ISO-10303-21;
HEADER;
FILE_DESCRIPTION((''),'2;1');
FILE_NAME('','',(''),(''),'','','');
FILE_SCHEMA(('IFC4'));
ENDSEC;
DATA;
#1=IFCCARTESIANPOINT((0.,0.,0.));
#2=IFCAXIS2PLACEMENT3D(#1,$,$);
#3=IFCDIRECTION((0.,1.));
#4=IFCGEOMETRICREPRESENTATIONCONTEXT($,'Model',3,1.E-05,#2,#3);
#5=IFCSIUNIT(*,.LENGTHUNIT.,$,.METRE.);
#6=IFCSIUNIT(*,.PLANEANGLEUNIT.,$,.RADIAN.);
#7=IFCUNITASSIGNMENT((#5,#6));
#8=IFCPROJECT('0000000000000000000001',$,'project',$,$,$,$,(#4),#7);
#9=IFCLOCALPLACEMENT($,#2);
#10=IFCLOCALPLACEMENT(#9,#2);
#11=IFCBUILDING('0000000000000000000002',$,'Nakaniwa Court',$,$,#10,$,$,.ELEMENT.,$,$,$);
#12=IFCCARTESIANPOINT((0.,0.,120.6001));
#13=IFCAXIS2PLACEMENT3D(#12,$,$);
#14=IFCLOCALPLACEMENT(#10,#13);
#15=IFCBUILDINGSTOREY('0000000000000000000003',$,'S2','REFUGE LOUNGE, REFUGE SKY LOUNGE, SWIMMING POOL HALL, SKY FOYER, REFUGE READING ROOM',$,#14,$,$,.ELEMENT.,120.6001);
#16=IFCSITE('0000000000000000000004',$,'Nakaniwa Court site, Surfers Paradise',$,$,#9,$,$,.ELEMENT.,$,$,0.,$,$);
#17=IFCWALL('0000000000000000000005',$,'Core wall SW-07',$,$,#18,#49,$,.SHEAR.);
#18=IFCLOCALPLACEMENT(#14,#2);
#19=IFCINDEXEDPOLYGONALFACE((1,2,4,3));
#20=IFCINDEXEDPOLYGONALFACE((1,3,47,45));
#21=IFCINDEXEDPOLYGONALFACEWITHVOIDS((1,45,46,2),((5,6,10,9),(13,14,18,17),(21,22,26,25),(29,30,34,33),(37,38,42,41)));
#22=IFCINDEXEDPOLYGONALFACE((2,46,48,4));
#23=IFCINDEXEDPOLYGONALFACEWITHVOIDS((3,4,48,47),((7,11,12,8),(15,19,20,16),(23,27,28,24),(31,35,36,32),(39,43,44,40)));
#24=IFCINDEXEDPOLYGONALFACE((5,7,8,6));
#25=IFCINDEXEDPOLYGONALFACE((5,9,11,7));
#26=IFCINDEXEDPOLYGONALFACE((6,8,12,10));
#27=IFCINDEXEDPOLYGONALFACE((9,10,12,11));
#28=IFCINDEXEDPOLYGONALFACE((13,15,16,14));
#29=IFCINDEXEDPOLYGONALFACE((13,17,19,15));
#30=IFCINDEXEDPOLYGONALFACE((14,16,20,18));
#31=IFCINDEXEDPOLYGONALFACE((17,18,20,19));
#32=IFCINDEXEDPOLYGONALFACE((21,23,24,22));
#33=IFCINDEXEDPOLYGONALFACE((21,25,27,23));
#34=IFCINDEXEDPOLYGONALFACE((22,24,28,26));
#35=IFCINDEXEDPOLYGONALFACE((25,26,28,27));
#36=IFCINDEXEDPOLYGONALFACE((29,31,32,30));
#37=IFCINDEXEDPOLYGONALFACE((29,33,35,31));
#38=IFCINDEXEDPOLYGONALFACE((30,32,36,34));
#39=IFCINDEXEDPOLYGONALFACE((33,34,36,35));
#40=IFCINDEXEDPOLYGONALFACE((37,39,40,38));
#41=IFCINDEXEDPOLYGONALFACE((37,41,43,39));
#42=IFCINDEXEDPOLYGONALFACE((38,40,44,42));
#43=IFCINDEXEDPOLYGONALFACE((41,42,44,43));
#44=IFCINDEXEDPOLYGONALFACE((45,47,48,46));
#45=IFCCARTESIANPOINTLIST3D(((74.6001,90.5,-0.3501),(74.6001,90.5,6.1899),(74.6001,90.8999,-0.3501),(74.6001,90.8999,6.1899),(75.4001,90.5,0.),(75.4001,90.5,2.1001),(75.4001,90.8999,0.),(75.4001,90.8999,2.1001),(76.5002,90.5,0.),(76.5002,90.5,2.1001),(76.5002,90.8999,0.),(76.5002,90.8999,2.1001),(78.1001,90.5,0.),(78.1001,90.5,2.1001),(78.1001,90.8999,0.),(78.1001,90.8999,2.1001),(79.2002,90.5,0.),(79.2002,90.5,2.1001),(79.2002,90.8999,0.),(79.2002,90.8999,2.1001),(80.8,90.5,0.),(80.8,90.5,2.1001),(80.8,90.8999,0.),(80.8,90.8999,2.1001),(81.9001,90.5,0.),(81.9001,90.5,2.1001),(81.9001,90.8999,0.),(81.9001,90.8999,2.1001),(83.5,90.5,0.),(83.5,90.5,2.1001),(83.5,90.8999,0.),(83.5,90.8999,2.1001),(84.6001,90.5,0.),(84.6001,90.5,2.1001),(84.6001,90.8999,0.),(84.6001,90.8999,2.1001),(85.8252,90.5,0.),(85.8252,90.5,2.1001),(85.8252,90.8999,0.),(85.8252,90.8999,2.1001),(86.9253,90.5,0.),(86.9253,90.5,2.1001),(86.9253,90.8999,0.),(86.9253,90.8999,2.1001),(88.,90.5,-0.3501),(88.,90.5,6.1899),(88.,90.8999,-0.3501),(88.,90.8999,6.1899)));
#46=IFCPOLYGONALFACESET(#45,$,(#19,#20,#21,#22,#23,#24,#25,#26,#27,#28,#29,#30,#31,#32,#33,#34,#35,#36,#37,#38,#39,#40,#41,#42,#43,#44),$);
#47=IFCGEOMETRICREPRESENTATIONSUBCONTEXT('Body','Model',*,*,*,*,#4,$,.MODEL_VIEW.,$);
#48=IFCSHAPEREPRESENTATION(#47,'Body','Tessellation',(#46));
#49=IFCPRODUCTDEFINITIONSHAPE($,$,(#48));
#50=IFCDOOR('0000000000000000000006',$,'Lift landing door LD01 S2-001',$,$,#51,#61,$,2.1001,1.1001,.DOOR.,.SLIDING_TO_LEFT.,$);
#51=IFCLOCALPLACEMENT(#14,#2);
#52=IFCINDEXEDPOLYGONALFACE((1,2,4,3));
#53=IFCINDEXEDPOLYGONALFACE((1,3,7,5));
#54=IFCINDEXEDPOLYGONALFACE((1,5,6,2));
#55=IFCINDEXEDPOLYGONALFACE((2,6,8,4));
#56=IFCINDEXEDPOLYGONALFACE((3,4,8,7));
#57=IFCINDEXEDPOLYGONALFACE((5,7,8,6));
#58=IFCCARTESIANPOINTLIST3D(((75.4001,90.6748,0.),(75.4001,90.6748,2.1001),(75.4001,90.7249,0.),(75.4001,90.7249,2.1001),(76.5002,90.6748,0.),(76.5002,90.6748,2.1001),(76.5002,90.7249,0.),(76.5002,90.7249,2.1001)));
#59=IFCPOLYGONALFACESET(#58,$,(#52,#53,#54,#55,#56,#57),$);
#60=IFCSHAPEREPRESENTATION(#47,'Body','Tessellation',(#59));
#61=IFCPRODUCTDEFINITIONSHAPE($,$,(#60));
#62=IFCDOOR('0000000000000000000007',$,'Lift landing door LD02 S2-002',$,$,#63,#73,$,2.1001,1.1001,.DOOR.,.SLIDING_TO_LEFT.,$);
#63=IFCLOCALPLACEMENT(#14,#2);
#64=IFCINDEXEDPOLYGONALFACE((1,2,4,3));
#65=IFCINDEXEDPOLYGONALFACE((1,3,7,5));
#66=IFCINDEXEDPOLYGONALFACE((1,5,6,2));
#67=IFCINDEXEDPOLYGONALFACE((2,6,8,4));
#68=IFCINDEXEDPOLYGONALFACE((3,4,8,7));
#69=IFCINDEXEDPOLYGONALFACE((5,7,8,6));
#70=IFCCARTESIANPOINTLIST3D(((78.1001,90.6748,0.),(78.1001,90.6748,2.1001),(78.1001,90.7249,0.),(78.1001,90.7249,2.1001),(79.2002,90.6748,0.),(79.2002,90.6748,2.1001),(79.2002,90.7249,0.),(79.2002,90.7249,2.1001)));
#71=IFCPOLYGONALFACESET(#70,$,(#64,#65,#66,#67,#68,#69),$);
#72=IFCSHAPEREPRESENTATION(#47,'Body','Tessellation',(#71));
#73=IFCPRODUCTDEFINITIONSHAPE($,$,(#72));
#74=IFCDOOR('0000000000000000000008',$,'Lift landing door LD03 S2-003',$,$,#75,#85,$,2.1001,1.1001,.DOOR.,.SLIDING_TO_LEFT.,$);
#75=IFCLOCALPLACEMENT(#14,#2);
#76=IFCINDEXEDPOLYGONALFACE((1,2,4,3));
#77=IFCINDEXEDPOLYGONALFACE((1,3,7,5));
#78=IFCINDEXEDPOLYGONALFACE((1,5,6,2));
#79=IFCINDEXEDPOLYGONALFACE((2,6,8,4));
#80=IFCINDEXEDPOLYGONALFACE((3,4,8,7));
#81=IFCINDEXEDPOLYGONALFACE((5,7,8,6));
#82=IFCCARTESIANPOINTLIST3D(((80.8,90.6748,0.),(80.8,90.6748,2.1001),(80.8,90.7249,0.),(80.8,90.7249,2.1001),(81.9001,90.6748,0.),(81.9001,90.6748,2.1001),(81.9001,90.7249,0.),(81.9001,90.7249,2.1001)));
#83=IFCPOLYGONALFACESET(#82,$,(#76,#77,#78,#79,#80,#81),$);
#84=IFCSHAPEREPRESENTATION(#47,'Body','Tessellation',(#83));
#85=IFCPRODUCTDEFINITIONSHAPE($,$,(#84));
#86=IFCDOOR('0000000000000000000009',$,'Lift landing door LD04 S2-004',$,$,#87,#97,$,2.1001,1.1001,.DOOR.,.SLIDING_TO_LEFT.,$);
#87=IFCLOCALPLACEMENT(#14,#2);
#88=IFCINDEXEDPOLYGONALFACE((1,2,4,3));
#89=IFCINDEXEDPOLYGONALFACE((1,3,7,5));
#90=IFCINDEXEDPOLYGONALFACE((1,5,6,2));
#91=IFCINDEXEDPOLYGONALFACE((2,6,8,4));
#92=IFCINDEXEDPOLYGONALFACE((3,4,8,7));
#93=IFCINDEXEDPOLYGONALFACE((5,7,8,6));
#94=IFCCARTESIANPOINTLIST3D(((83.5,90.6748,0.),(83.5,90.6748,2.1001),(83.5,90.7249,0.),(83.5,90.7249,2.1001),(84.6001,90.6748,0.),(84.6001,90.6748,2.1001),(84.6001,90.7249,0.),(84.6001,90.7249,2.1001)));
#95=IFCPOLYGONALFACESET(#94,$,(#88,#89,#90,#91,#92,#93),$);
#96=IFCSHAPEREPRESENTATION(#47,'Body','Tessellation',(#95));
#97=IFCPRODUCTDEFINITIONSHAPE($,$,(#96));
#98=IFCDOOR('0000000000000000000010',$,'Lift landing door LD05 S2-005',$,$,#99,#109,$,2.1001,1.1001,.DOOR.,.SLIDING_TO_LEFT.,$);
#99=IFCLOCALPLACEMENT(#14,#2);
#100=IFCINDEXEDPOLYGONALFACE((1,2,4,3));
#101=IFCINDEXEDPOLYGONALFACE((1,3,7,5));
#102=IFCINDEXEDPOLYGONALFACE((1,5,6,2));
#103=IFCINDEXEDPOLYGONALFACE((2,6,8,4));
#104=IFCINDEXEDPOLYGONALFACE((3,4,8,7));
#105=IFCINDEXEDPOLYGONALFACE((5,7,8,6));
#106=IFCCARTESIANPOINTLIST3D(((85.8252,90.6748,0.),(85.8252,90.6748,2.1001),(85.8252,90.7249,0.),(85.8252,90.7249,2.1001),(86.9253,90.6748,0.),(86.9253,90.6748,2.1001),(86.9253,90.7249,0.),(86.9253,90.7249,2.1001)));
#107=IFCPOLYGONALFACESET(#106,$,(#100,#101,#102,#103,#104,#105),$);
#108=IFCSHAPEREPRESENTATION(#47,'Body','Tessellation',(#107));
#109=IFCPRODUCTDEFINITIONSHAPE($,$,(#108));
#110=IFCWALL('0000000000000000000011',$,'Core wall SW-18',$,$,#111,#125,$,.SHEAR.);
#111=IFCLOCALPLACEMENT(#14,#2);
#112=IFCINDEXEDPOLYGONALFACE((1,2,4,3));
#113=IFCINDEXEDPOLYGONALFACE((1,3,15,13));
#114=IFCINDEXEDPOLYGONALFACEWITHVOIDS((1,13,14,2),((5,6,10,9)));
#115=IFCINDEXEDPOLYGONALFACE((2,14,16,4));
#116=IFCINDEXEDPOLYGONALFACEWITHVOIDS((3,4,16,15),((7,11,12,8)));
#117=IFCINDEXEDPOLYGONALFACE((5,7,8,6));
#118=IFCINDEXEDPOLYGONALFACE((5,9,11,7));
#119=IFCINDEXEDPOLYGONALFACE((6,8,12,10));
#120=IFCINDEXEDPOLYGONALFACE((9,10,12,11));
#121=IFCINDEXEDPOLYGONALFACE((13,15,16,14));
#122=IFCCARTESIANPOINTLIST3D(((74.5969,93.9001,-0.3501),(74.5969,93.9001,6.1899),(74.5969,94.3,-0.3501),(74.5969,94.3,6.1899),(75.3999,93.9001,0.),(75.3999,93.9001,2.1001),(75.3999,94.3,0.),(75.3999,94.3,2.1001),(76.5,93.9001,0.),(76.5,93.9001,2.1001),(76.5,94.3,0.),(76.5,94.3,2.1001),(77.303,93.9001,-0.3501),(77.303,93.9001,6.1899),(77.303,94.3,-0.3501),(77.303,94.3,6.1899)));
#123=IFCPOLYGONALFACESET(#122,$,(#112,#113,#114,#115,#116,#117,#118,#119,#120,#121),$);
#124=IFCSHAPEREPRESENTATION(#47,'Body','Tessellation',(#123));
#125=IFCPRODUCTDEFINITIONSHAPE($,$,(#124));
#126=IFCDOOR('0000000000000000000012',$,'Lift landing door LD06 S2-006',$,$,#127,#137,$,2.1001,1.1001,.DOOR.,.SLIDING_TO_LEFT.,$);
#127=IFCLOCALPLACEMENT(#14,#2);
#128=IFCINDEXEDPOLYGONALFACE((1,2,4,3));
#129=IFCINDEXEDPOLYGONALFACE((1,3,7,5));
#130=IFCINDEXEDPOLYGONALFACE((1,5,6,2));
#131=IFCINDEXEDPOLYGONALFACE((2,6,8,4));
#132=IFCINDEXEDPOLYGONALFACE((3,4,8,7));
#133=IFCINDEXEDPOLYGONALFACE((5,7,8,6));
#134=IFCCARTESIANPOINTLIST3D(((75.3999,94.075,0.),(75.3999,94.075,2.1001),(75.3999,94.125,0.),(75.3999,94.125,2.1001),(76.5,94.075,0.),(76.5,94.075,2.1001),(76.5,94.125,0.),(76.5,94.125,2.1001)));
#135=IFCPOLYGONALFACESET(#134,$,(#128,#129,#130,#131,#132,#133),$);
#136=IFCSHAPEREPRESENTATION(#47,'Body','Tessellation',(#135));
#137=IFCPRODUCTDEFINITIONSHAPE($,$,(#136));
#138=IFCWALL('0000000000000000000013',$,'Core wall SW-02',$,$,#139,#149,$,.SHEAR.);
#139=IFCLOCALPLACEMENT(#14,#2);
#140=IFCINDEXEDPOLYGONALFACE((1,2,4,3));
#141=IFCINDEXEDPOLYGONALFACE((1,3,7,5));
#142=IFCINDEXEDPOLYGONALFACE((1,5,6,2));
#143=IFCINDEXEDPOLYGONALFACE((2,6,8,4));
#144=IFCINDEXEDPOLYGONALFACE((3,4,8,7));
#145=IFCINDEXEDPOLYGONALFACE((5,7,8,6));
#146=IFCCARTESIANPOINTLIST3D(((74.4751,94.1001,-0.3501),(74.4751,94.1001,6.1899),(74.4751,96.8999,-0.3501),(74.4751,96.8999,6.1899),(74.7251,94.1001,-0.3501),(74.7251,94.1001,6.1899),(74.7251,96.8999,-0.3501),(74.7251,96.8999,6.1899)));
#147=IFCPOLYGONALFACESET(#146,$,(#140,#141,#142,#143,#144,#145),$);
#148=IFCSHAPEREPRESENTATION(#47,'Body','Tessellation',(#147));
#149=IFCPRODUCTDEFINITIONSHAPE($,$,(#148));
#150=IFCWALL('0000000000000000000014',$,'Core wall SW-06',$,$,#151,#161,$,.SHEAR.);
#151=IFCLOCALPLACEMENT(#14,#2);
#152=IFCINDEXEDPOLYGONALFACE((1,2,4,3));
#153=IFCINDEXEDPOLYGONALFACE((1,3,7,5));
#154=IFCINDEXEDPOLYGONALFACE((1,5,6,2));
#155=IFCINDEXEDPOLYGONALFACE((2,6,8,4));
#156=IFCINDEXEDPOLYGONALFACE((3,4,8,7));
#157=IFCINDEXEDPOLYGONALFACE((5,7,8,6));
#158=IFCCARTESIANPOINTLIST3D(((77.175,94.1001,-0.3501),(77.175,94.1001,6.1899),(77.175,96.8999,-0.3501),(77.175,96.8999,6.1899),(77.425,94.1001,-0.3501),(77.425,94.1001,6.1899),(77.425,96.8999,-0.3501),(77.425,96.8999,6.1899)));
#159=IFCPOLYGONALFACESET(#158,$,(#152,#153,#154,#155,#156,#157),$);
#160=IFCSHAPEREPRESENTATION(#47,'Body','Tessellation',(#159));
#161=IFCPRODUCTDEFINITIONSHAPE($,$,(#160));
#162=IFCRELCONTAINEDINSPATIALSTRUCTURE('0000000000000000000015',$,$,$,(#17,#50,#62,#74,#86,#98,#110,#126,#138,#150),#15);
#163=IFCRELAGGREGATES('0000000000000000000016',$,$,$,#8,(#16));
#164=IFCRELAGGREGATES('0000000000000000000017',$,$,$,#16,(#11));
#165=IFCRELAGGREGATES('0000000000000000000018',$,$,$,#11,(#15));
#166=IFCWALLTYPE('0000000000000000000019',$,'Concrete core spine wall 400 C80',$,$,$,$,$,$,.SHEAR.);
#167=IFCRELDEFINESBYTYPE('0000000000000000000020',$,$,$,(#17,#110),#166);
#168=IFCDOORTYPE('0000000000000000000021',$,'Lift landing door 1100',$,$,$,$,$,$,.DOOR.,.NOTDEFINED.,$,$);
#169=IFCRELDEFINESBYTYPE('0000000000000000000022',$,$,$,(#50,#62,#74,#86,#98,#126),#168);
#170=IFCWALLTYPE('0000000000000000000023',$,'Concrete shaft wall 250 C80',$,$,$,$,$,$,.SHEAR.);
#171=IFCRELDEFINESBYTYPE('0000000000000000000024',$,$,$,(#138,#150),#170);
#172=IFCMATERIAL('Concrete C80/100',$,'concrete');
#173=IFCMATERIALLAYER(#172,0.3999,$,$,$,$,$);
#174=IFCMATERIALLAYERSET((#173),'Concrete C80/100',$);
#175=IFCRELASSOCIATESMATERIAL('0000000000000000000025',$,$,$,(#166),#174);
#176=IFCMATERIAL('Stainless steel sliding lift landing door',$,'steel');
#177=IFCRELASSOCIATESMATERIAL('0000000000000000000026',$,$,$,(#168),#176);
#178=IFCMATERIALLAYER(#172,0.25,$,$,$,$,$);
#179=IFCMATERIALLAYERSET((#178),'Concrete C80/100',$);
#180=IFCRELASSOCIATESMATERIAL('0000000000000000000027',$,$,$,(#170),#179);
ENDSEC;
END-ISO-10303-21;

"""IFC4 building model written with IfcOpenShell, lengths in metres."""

from ifc_helpers import new_model, si_unit, direction, frame, frame_2d, origin, place, context, subcontext, project, spatial, rectangle, extrude, material, layer, layer_set, type_object, element, fill, save


model = new_model("IFC4")

# Units and contexts
model_context = context("Model", 3, precision=1e-05, world=origin(), true_north=direction((0.0, 1.0)))
body_context = subcontext(model_context, "Body", "Model", "MODEL_VIEW")
ifc_project = project(units=[si_unit("LENGTHUNIT", "METRE"), si_unit("PLANEANGLEUNIT", "RADIAN")], contexts=[model_context])

# Site, building, storey
site_placement = place(None, origin())
site = spatial("IfcSite", under=ifc_project, at=site_placement, Name="Nakaniwa Court site, Surfers Paradise", CompositionType="ELEMENT", RefElevation=0.0)
building_placement = place(site_placement, origin())
building = spatial("IfcBuilding", under=site, at=building_placement, Name="Nakaniwa Court", CompositionType="ELEMENT")
storey_placement = place(building_placement, frame((0.0, 0.0, 120.6001)))
storey = spatial("IfcBuildingStorey", under=building, at=storey_placement, Name="S2", Description="REFUGE LOUNGE, REFUGE SKY LOUNGE, SWIMMING POOL HALL, SKY FOYER, REFUGE READING ROOM", CompositionType="ELEMENT", Elevation=120.6001)

# Shared definitions
ifc_material_1 = material(Name="Concrete C80/100", Category="concrete")

# Wall, openings, doors
ifc_layer_1 = layer(ifc_material_1, 0.3999)
ifc_layer_set_1 = layer_set([ifc_layer_1], Name="Concrete C80/100")
wall_type_1 = type_object("IfcWallType", Name="Concrete core spine wall 400 C80", PredefinedType="SHEAR", material=ifc_layer_set_1)
wall_1_placement = place(storey_placement, frame((74.6001, 90.7, -0.3501), z_axis=(0.0, 0.0, 1.0), x_axis=(1.0, 0.0, 0.0)))
wall_1 = element("IfcWall", 1, at=wall_1_placement, inside=storey, type_object=wall_type_1, Name="Core wall SW-07", PredefinedType="SHEAR", context=body_context, shape_type="SweptSolid", body=[
    extrude(rectangle(XDim=13.3999, YDim=0.3999, at=frame_2d((6.7, 0.0))), origin(), (0.0, 0.0, 1.0), 6.54),
])
opening_1_placement = place(wall_1_placement, frame((0.8, 0.0, 0.3501)))
opening_1 = element("IfcOpeningElement", 2, at=opening_1_placement, cuts=wall_1, PredefinedType="OPENING", context=body_context, shape_type="SweptSolid", body=[
    extrude(rectangle(XDim=1.1001, YDim=2.1001, at=frame_2d((0.55, 1.05))), frame((0.0, 0.21, 0.0), z_axis=(0.0, -1.0, 0.0), x_axis=(1.0, 0.0, 0.0)), (0.0, 0.0, 1.0), 0.4199),
])
opening_2_placement = place(wall_1_placement, frame((3.5, 0.0, 0.3501)))
opening_2 = element("IfcOpeningElement", 3, at=opening_2_placement, cuts=wall_1, PredefinedType="OPENING", context=body_context, shape_type="SweptSolid", body=[
    extrude(rectangle(XDim=1.1001, YDim=2.1001, at=frame_2d((0.55, 1.05))), frame((0.0, 0.21, 0.0), z_axis=(0.0, -1.0, 0.0), x_axis=(1.0, 0.0, 0.0)), (0.0, 0.0, 1.0), 0.4199),
])
opening_3_placement = place(wall_1_placement, frame((6.2, 0.0, 0.3501)))
opening_3 = element("IfcOpeningElement", 4, at=opening_3_placement, cuts=wall_1, PredefinedType="OPENING", context=body_context, shape_type="SweptSolid", body=[
    extrude(rectangle(XDim=1.1001, YDim=2.1001, at=frame_2d((0.55, 1.05))), frame((0.0, 0.21, 0.0), z_axis=(0.0, -1.0, 0.0), x_axis=(1.0, 0.0, 0.0)), (0.0, 0.0, 1.0), 0.4199),
])
opening_4_placement = place(wall_1_placement, frame((8.8999, 0.0, 0.3501)))
opening_4 = element("IfcOpeningElement", 5, at=opening_4_placement, cuts=wall_1, PredefinedType="OPENING", context=body_context, shape_type="SweptSolid", body=[
    extrude(rectangle(XDim=1.1001, YDim=2.1001, at=frame_2d((0.55, 1.05))), frame((0.0, 0.21, 0.0), z_axis=(0.0, -1.0, 0.0), x_axis=(1.0, 0.0, 0.0)), (0.0, 0.0, 1.0), 0.4199),
])
opening_5_placement = place(wall_1_placement, frame((11.2251, 0.0, 0.3501)))
opening_5 = element("IfcOpeningElement", 6, at=opening_5_placement, cuts=wall_1, PredefinedType="OPENING", context=body_context, shape_type="SweptSolid", body=[
    extrude(rectangle(XDim=1.1001, YDim=2.1001, at=frame_2d((0.55, 1.05))), frame((0.0, 0.21, 0.0), z_axis=(0.0, -1.0, 0.0), x_axis=(1.0, 0.0, 0.0)), (0.0, 0.0, 1.0), 0.4199),
])
ifc_material_2 = material(Name="Stainless steel sliding lift landing door", Category="steel")
door_type_1 = type_object("IfcDoorType", Name="Lift landing door 1100", OperationType="NOTDEFINED", PredefinedType="DOOR", material=ifc_material_2)
door_1_placement = place(opening_1_placement, origin())
door_1 = element("IfcDoor", 7, at=door_1_placement, inside=storey, type_object=door_type_1, Name="Lift landing door LD01 S2-001", OperationType="SLIDING_TO_LEFT", OverallHeight=2.1001, OverallWidth=1.1001, PredefinedType="DOOR", context=body_context, shape_type="SweptSolid", body=[
    extrude(rectangle(XDim=1.1001, YDim=2.1001, at=frame_2d((0.55, 1.05))), frame((0.0, 0.0249, 0.0), z_axis=(0.0, -1.0, 0.0), x_axis=(1.0, 0.0, 0.0)), (0.0, 0.0, 1.0), 0.05),
])
fill(opening_1, door_1)
door_2_placement = place(opening_2_placement, origin())
door_2 = element("IfcDoor", 8, at=door_2_placement, inside=storey, type_object=door_type_1, Name="Lift landing door LD02 S2-002", OperationType="SLIDING_TO_LEFT", OverallHeight=2.1001, OverallWidth=1.1001, PredefinedType="DOOR", context=body_context, shape_type="SweptSolid", body=[
    extrude(rectangle(XDim=1.1001, YDim=2.1001, at=frame_2d((0.55, 1.05))), frame((0.0, 0.0249, 0.0), z_axis=(0.0, -1.0, 0.0), x_axis=(1.0, 0.0, 0.0)), (0.0, 0.0, 1.0), 0.05),
])
fill(opening_2, door_2)
door_3_placement = place(opening_3_placement, origin())
door_3 = element("IfcDoor", 9, at=door_3_placement, inside=storey, type_object=door_type_1, Name="Lift landing door LD03 S2-003", OperationType="SLIDING_TO_LEFT", OverallHeight=2.1001, OverallWidth=1.1001, PredefinedType="DOOR", context=body_context, shape_type="SweptSolid", body=[
    extrude(rectangle(XDim=1.1001, YDim=2.1001, at=frame_2d((0.55, 1.05))), frame((0.0, 0.0249, 0.0), z_axis=(0.0, -1.0, 0.0), x_axis=(1.0, 0.0, 0.0)), (0.0, 0.0, 1.0), 0.05),
])
fill(opening_3, door_3)
door_4_placement = place(opening_4_placement, origin())
door_4 = element("IfcDoor", 10, at=door_4_placement, inside=storey, type_object=door_type_1, Name="Lift landing door LD04 S2-004", OperationType="SLIDING_TO_LEFT", OverallHeight=2.1001, OverallWidth=1.1001, PredefinedType="DOOR", context=body_context, shape_type="SweptSolid", body=[
    extrude(rectangle(XDim=1.1001, YDim=2.1001, at=frame_2d((0.55, 1.05))), frame((0.0, 0.0249, 0.0), z_axis=(0.0, -1.0, 0.0), x_axis=(1.0, 0.0, 0.0)), (0.0, 0.0, 1.0), 0.05),
])
fill(opening_4, door_4)
door_5_placement = place(opening_5_placement, origin())
door_5 = element("IfcDoor", 11, at=door_5_placement, inside=storey, type_object=door_type_1, Name="Lift landing door LD05 S2-005", OperationType="SLIDING_TO_LEFT", OverallHeight=2.1001, OverallWidth=1.1001, PredefinedType="DOOR", context=body_context, shape_type="SweptSolid", body=[
    extrude(rectangle(XDim=1.1001, YDim=2.1001, at=frame_2d((0.55, 1.05))), frame((0.0, 0.0249, 0.0), z_axis=(0.0, -1.0, 0.0), x_axis=(1.0, 0.0, 0.0)), (0.0, 0.0, 1.0), 0.05),
])
fill(opening_5, door_5)

# Wall, opening, door
wall_2_placement = place(storey_placement, frame((74.5969, 94.1001, -0.3501), z_axis=(0.0, 0.0, 1.0), x_axis=(1.0, 0.0, 0.0)))
wall_2 = element("IfcWall", 12, at=wall_2_placement, inside=storey, type_object=wall_type_1, Name="Core wall SW-18", PredefinedType="SHEAR", context=body_context, shape_type="SweptSolid", body=[
    extrude(rectangle(XDim=2.7061, YDim=0.3999, at=frame_2d((1.353, 0.0))), origin(), (0.0, 0.0, 1.0), 6.54),
])
opening_6_placement = place(wall_2_placement, frame((0.803, 0.0, 0.3501)))
opening_6 = element("IfcOpeningElement", 13, at=opening_6_placement, cuts=wall_2, PredefinedType="OPENING", context=body_context, shape_type="SweptSolid", body=[
    extrude(rectangle(XDim=1.1001, YDim=2.1001, at=frame_2d((0.55, 1.05))), frame((0.0, 0.21, 0.0), z_axis=(0.0, -1.0, 0.0), x_axis=(1.0, 0.0, 0.0)), (0.0, 0.0, 1.0), 0.4199),
])
door_6_placement = place(opening_6_placement, origin())
door_6 = element("IfcDoor", 14, at=door_6_placement, inside=storey, type_object=door_type_1, Name="Lift landing door LD06 S2-006", OperationType="SLIDING_TO_LEFT", OverallHeight=2.1001, OverallWidth=1.1001, PredefinedType="DOOR", context=body_context, shape_type="SweptSolid", body=[
    extrude(rectangle(XDim=1.1001, YDim=2.1001, at=frame_2d((0.55, 1.05))), frame((0.0, 0.0249, 0.0), z_axis=(0.0, -1.0, 0.0), x_axis=(1.0, 0.0, 0.0)), (0.0, 0.0, 1.0), 0.05),
])
fill(opening_6, door_6)

# Walls
ifc_layer_2 = layer(ifc_material_1, 0.25)
ifc_layer_set_2 = layer_set([ifc_layer_2], Name="Concrete C80/100")
wall_type_2 = type_object("IfcWallType", Name="Concrete shaft wall 250 C80", PredefinedType="SHEAR", material=ifc_layer_set_2)
for number, where, z_axis, x_axis, name in (
    (15, (74.6001, 94.1001, -0.3501), (0.0, 0.0, 1.0), (0.0, 1.0, 0.0), "Core wall SW-02"),
    (16, (77.3, 94.1001, -0.3501), (0.0, 0.0, 1.0), (0.0, 1.0, 0.0), "Core wall SW-06"),
):
    element("IfcWall", number, at=place(storey_placement, frame(where, z_axis=z_axis, x_axis=x_axis)), inside=storey, type_object=wall_type_2, Name=name, PredefinedType="SHEAR", context=body_context, shape_type="SweptSolid", body=[
        extrude(rectangle(XDim=2.7998, YDim=0.25, at=frame_2d((1.3999, 0.0))), origin(), (0.0, 0.0, 1.0), 6.54),
    ])

save(model, "model.ifc")
